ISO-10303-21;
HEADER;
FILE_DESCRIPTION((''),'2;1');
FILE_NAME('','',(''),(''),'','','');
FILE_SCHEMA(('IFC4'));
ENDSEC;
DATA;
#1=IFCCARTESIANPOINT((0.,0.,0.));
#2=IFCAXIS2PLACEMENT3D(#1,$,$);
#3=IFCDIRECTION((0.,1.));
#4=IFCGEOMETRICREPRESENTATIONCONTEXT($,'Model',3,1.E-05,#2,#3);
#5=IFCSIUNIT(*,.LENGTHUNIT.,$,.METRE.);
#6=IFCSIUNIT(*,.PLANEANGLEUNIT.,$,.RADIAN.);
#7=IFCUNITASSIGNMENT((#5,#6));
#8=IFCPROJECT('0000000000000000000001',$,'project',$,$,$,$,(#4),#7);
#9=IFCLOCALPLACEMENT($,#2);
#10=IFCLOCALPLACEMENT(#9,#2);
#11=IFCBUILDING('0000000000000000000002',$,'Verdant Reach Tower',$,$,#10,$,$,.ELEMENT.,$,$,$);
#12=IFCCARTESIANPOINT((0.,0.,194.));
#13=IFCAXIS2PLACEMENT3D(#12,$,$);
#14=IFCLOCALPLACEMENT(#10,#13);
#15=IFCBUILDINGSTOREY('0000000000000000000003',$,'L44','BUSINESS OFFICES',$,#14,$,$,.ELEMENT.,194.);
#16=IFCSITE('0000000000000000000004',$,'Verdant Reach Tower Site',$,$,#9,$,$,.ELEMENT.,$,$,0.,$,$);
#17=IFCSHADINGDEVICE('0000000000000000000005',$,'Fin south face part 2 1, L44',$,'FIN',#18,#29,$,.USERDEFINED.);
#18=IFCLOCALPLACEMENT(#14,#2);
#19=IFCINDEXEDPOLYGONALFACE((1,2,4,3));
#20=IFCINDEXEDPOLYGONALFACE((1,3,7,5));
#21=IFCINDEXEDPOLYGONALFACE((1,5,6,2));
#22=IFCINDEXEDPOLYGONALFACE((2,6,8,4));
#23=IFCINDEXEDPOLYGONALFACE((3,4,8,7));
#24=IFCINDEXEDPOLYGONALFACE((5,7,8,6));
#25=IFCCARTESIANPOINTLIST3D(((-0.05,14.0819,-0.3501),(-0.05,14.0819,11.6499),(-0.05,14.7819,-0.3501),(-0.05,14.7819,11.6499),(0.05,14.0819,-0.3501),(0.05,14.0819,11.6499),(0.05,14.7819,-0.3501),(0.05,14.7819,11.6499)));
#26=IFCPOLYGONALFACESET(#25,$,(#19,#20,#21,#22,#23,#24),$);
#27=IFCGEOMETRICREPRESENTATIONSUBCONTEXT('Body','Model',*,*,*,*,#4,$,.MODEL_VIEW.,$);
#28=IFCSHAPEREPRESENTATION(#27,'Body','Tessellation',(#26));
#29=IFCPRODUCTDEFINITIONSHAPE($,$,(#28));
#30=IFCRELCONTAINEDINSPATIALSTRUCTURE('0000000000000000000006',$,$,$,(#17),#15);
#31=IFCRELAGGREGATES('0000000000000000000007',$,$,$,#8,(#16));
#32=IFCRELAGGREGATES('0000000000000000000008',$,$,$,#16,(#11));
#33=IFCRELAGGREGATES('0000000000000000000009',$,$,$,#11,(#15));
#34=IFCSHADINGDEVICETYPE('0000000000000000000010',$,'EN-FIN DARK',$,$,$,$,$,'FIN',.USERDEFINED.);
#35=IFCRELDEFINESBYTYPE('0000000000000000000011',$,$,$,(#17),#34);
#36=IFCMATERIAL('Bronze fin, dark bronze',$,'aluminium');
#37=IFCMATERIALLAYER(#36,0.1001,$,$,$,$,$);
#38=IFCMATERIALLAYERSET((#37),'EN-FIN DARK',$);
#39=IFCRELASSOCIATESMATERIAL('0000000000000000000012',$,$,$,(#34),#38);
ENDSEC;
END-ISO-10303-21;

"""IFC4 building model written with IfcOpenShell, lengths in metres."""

from ifc_helpers import new_model, si_unit, direction, frame, origin, origin_2d, place, context, subcontext, project, spatial, rectangle, extrude, material, layer, layer_set, type_object, element, save


model = new_model("IFC4")

# Units and contexts
model_context = context("Model", 3, precision=1e-05, world=origin(), true_north=direction((0.0, 1.0)))
body_context = subcontext(model_context, "Body", "Model", "MODEL_VIEW")
ifc_project = project(units=[si_unit("LENGTHUNIT", "METRE"), si_unit("PLANEANGLEUNIT", "RADIAN")], contexts=[model_context])

# Site, building, storey
site_placement = place(None, origin())
site = spatial("IfcSite", under=ifc_project, at=site_placement, Name="Verdant Reach Tower Site", CompositionType="ELEMENT", RefElevation=0.0)
building_placement = place(site_placement, origin())
building = spatial("IfcBuilding", under=site, at=building_placement, Name="Verdant Reach Tower", CompositionType="ELEMENT")
storey_placement = place(building_placement, frame((0.0, 0.0, 194.0)))
storey = spatial("IfcBuildingStorey", under=building, at=storey_placement, Name="L44", Description="BUSINESS OFFICES", CompositionType="ELEMENT", Elevation=194.0)

# Shading device
ifc_material_1 = material(Name="Bronze fin, dark bronze", Category="aluminium")
ifc_layer_1 = layer(ifc_material_1, 0.1001)
ifc_layer_set_1 = layer_set([ifc_layer_1], Name="EN-FIN DARK")
shading_device_type_1 = type_object("IfcShadingDeviceType", Name="EN-FIN DARK", ElementType="FIN", PredefinedType="USERDEFINED", material=ifc_layer_set_1)
shading_device_1_placement = place(storey_placement, frame((0.0, 14.4319, -0.3501), z_axis=(0.0, 0.0, 1.0), x_axis=(1.0, 0.0, 0.0)))
element("IfcShadingDevice", 1, at=shading_device_1_placement, inside=storey, type_object=shading_device_type_1, Name="Fin south face part 2 1, L44", ObjectType="FIN", PredefinedType="USERDEFINED", context=body_context, shape_type="SweptSolid", body=[
    extrude(rectangle(XDim=0.1001, YDim=0.7, at=origin_2d()), origin(), (0.0, 0.0, 1.0), 12.0),
])

save(model, "model.ifc")
